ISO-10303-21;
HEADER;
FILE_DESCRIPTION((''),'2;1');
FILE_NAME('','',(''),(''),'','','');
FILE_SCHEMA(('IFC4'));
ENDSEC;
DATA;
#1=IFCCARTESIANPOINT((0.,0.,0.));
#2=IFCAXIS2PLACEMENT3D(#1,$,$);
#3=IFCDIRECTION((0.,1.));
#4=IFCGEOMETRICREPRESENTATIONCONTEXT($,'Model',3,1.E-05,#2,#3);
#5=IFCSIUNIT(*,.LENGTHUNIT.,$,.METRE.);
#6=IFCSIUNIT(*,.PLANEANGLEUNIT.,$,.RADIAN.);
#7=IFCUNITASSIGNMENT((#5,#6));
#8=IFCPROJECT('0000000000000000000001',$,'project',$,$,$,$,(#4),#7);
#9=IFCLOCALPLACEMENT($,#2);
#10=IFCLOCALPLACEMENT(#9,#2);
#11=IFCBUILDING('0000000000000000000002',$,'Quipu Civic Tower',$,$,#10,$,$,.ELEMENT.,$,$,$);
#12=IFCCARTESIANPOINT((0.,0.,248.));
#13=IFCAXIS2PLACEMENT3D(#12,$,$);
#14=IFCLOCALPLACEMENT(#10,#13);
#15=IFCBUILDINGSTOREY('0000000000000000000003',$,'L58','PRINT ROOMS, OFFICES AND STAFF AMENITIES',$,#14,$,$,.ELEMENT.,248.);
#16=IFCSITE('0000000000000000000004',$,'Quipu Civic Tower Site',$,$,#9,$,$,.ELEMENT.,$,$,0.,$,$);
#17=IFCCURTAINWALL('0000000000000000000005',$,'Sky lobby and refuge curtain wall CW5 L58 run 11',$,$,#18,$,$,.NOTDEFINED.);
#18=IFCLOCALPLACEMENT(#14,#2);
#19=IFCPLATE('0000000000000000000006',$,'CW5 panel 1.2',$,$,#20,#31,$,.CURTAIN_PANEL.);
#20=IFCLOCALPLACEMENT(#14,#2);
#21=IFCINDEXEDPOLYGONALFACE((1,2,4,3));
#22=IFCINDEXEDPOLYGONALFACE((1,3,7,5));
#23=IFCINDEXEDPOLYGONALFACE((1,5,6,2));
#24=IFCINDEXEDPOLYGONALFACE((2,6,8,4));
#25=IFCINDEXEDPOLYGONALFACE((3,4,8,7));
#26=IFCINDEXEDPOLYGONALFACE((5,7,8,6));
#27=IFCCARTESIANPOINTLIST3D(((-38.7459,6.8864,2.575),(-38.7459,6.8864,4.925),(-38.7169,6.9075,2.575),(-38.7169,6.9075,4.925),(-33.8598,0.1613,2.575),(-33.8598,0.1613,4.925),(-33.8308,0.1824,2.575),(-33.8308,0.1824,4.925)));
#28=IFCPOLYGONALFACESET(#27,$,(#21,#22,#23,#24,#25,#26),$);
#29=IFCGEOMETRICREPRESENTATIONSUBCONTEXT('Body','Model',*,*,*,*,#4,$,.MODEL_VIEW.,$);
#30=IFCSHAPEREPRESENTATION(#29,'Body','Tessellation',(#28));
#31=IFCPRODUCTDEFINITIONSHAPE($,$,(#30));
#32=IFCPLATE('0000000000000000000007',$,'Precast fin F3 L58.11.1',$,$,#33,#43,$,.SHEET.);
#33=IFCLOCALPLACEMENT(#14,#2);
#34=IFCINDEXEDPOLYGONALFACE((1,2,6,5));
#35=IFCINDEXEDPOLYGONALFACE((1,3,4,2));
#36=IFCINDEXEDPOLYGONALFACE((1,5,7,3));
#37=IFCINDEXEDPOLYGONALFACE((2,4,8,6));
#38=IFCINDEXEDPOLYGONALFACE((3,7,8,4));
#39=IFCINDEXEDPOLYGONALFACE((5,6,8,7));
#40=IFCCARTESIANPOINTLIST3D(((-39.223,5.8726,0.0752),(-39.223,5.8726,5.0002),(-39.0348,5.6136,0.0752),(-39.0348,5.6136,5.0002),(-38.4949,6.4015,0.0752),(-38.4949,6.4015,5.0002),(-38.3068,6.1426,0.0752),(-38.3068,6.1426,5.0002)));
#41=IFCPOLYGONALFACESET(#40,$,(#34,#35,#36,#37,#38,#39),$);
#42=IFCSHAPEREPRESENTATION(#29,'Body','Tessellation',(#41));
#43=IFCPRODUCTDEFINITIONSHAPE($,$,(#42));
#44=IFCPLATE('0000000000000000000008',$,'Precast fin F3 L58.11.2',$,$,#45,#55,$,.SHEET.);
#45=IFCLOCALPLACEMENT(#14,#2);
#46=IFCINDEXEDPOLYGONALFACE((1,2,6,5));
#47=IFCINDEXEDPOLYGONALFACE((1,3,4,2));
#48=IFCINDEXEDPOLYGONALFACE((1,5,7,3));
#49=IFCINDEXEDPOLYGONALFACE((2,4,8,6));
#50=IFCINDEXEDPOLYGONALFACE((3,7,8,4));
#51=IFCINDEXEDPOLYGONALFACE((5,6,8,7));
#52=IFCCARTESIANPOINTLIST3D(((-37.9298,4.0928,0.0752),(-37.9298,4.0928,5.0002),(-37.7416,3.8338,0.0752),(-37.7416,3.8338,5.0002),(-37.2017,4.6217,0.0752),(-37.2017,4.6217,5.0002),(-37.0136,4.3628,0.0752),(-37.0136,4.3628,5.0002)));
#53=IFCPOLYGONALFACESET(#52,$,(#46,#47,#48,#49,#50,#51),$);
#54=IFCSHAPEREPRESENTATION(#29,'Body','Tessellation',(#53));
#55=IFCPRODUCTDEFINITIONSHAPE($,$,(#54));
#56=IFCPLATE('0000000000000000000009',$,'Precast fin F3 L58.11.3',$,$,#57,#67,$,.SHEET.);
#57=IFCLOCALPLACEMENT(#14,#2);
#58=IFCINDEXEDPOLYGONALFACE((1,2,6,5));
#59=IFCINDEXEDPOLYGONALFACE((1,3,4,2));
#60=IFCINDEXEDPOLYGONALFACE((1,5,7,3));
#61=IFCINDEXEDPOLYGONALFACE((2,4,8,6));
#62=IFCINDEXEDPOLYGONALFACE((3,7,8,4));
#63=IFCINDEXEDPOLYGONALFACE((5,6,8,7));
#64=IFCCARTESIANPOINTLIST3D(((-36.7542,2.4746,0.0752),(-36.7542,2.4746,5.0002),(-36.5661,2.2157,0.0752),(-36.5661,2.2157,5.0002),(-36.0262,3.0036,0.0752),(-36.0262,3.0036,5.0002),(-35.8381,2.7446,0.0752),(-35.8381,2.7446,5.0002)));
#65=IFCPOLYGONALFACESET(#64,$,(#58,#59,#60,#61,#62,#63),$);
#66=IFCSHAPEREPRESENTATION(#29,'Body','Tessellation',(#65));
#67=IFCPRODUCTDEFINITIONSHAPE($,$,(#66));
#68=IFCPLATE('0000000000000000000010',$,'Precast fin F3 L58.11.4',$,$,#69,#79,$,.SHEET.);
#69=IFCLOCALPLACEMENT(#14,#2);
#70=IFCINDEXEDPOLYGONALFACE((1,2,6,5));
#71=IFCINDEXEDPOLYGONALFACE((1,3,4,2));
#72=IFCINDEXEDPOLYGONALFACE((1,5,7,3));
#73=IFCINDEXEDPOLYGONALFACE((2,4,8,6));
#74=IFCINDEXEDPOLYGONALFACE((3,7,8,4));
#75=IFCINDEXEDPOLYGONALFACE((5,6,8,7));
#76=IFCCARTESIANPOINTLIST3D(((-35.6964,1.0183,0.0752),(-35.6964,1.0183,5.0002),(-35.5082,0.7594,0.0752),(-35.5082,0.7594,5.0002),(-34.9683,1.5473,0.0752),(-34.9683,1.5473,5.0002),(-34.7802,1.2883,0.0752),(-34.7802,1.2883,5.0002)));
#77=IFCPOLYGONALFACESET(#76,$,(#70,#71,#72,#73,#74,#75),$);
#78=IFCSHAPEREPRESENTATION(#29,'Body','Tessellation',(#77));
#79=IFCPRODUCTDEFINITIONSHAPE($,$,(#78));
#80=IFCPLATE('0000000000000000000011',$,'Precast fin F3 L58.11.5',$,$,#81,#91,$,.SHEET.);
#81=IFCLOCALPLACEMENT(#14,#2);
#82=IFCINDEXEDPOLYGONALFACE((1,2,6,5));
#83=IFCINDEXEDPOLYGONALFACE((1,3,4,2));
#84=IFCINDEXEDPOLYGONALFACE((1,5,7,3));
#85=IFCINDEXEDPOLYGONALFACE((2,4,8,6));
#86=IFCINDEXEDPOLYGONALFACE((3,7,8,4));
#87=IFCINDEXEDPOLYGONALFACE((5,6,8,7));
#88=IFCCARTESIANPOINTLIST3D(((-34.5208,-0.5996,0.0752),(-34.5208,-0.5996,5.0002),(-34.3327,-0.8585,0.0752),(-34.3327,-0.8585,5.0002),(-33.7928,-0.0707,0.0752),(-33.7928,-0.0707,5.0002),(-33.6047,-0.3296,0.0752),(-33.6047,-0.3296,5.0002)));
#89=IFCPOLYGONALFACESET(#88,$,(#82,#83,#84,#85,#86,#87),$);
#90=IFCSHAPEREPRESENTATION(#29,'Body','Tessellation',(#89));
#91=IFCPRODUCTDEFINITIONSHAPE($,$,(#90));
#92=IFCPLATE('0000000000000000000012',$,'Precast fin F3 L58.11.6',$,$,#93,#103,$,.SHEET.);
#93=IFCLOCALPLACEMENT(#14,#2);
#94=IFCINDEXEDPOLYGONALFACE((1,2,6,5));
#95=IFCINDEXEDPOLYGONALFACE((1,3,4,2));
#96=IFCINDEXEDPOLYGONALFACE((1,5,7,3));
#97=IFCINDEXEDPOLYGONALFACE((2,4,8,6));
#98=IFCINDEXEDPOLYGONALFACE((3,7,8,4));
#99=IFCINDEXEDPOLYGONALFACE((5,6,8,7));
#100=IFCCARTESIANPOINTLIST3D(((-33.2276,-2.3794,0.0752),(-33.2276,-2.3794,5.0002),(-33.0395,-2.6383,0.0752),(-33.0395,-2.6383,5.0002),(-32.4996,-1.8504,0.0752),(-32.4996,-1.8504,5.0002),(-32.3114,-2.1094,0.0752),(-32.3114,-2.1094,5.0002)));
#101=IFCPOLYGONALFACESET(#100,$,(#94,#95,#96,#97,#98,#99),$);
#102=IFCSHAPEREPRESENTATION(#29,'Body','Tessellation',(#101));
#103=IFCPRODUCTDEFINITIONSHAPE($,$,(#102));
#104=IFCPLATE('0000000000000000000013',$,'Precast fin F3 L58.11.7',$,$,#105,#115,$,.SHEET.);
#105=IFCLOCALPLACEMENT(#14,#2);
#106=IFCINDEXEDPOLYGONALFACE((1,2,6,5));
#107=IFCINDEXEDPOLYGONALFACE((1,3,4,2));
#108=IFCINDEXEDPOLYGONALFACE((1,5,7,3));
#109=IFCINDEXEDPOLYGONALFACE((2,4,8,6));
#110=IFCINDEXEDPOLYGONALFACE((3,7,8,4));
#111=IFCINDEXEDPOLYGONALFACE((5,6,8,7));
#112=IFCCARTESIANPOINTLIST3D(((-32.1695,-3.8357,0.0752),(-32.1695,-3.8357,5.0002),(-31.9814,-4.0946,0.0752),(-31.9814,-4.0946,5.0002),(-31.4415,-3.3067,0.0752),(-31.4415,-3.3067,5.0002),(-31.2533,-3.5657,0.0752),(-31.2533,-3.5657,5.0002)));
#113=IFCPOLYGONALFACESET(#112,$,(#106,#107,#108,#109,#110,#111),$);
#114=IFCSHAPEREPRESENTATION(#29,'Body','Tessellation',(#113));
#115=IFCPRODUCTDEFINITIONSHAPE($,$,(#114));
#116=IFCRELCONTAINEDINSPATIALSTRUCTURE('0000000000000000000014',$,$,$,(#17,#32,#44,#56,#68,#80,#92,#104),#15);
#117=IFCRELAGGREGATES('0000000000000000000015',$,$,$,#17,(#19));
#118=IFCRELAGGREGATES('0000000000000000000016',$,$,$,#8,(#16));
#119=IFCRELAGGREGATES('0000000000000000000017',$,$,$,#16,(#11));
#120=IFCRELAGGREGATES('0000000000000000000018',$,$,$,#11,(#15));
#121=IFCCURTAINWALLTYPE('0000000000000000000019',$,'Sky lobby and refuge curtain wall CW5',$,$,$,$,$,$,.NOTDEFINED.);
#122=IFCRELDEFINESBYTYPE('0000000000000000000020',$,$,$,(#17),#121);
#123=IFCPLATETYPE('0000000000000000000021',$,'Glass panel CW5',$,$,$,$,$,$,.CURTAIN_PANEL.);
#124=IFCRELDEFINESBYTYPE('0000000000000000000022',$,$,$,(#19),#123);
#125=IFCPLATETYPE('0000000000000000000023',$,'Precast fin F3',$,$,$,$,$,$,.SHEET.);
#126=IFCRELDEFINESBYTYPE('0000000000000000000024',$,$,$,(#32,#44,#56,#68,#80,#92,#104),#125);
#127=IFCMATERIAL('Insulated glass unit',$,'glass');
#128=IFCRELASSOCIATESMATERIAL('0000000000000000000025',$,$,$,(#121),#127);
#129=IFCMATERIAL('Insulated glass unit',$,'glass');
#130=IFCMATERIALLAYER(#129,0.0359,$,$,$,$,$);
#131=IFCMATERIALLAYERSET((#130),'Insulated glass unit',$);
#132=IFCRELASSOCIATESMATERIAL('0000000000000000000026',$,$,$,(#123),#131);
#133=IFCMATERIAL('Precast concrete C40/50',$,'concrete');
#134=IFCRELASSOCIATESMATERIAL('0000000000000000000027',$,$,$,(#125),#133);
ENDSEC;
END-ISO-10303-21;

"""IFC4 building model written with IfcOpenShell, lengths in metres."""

from ifc_helpers import new_model, si_unit, direction, frame, origin, origin_2d, place, context, subcontext, project, spatial, rectangle, extrude, material, layer, layer_set, type_object, element, aggregate, save


model = new_model("IFC4")

# Units and contexts
model_context = context("Model", 3, precision=1e-05, world=origin(), true_north=direction((0.0, 1.0)))
body_context = subcontext(model_context, "Body", "Model", "MODEL_VIEW")
ifc_project = project(units=[si_unit("LENGTHUNIT", "METRE"), si_unit("PLANEANGLEUNIT", "RADIAN")], contexts=[model_context])

# Site, building, storey
site_placement = place(None, origin())
site = spatial("IfcSite", under=ifc_project, at=site_placement, Name="Quipu Civic Tower Site", CompositionType="ELEMENT", RefElevation=0.0)
building_placement = place(site_placement, origin())
building = spatial("IfcBuilding", under=site, at=building_placement, Name="Quipu Civic Tower", CompositionType="ELEMENT")
storey_placement = place(building_placement, frame((0.0, 0.0, 248.0)))
storey = spatial("IfcBuildingStorey", under=building, at=storey_placement, Name="L58", Description="PRINT ROOMS, OFFICES AND STAFF AMENITIES", CompositionType="ELEMENT", Elevation=248.0)

# Curtain wall
ifc_material_1 = material(Name="Insulated glass unit", Category="glass")
curtain_wall_type = type_object("IfcCurtainWallType", Name="Sky lobby and refuge curtain wall CW5", PredefinedType="NOTDEFINED", material=ifc_material_1)
curtain_wall_placement = place(storey_placement, origin())
curtain_wall = element("IfcCurtainWall", 1, at=curtain_wall_placement, inside=storey, type_object=curtain_wall_type, Name="Sky lobby and refuge curtain wall CW5 L58 run 11", PredefinedType="NOTDEFINED")

# Plate
ifc_material_2 = material(Name="Insulated glass unit", Category="glass")
ifc_layer = layer(ifc_material_2, 0.0359)
ifc_layer_set = layer_set([ifc_layer], Name="Insulated glass unit")
plate_type_1 = type_object("IfcPlateType", Name="Glass panel CW5", PredefinedType="CURTAIN_PANEL", material=ifc_layer_set)
plate_1_placement = place(storey_placement, frame((-36.2883, 3.5344, 2.575), z_axis=(0.0, 0.0, 1.0), x_axis=(0.587786, -0.809016, 0.0)))
plate_1 = element("IfcPlate", 2, at=plate_1_placement, type_object=plate_type_1, Name="CW5 panel 1.2", PredefinedType="CURTAIN_PANEL", context=body_context, shape_type="SweptSolid", body=[
    extrude(rectangle(XDim=8.3127, YDim=0.0359, at=origin_2d()), origin(), (0.0, 0.0, 1.0), 2.3501),
])
aggregate(curtain_wall, [plate_1])

# Plates
ifc_material_3 = material(Name="Precast concrete C40/50", Category="concrete")
plate_type_2 = type_object("IfcPlateType", Name="Precast fin F3", PredefinedType="SHEET", material=ifc_material_3)
for number, where, z_axis, x_axis, name in (
    (3, (-38.7649, 6.0076, 0.0752), (0.0, 0.0, 1.0), (0.587787, -0.809016, 0.0), "Precast fin F3 L58.11.1"),
    (4, (-37.4717, 4.2278, 0.0752), (0.0, 0.0, 1.0), (0.587787, -0.809016, 0.0), "Precast fin F3 L58.11.2"),
    (5, (-36.2961, 2.6096, 0.0752), (0.0, 0.0, 1.0), (0.587787, -0.809016, 0.0), "Precast fin F3 L58.11.3"),
    (6, (-35.2383, 1.1533, 0.0752), (0.0, 0.0, 1.0), (0.587787, -0.809016, 0.0), "Precast fin F3 L58.11.4"),
    (7, (-34.0627, -0.4646, 0.0752), (0.0, 0.0, 1.0), (0.587787, -0.809016, 0.0), "Precast fin F3 L58.11.5"),
    (8, (-32.7695, -2.2444, 0.0752), (0.0, 0.0, 1.0), (0.587787, -0.809016, 0.0), "Precast fin F3 L58.11.6"),
    (9, (-31.7114, -3.7007, 0.0752), (0.0, 0.0, 1.0), (0.587787, -0.809016, 0.0), "Precast fin F3 L58.11.7"),
):
    element("IfcPlate", number, at=place(storey_placement, frame(where, z_axis=z_axis, x_axis=x_axis)), inside=storey, type_object=plate_type_2, Name=name, PredefinedType="SHEET", context=body_context, shape_type="SweptSolid", body=[
        extrude(rectangle(XDim=0.3201, YDim=0.8999, at=origin_2d()), origin(), (0.0, 0.0, 1.0), 4.925),
    ])

save(model, "model.ifc")
